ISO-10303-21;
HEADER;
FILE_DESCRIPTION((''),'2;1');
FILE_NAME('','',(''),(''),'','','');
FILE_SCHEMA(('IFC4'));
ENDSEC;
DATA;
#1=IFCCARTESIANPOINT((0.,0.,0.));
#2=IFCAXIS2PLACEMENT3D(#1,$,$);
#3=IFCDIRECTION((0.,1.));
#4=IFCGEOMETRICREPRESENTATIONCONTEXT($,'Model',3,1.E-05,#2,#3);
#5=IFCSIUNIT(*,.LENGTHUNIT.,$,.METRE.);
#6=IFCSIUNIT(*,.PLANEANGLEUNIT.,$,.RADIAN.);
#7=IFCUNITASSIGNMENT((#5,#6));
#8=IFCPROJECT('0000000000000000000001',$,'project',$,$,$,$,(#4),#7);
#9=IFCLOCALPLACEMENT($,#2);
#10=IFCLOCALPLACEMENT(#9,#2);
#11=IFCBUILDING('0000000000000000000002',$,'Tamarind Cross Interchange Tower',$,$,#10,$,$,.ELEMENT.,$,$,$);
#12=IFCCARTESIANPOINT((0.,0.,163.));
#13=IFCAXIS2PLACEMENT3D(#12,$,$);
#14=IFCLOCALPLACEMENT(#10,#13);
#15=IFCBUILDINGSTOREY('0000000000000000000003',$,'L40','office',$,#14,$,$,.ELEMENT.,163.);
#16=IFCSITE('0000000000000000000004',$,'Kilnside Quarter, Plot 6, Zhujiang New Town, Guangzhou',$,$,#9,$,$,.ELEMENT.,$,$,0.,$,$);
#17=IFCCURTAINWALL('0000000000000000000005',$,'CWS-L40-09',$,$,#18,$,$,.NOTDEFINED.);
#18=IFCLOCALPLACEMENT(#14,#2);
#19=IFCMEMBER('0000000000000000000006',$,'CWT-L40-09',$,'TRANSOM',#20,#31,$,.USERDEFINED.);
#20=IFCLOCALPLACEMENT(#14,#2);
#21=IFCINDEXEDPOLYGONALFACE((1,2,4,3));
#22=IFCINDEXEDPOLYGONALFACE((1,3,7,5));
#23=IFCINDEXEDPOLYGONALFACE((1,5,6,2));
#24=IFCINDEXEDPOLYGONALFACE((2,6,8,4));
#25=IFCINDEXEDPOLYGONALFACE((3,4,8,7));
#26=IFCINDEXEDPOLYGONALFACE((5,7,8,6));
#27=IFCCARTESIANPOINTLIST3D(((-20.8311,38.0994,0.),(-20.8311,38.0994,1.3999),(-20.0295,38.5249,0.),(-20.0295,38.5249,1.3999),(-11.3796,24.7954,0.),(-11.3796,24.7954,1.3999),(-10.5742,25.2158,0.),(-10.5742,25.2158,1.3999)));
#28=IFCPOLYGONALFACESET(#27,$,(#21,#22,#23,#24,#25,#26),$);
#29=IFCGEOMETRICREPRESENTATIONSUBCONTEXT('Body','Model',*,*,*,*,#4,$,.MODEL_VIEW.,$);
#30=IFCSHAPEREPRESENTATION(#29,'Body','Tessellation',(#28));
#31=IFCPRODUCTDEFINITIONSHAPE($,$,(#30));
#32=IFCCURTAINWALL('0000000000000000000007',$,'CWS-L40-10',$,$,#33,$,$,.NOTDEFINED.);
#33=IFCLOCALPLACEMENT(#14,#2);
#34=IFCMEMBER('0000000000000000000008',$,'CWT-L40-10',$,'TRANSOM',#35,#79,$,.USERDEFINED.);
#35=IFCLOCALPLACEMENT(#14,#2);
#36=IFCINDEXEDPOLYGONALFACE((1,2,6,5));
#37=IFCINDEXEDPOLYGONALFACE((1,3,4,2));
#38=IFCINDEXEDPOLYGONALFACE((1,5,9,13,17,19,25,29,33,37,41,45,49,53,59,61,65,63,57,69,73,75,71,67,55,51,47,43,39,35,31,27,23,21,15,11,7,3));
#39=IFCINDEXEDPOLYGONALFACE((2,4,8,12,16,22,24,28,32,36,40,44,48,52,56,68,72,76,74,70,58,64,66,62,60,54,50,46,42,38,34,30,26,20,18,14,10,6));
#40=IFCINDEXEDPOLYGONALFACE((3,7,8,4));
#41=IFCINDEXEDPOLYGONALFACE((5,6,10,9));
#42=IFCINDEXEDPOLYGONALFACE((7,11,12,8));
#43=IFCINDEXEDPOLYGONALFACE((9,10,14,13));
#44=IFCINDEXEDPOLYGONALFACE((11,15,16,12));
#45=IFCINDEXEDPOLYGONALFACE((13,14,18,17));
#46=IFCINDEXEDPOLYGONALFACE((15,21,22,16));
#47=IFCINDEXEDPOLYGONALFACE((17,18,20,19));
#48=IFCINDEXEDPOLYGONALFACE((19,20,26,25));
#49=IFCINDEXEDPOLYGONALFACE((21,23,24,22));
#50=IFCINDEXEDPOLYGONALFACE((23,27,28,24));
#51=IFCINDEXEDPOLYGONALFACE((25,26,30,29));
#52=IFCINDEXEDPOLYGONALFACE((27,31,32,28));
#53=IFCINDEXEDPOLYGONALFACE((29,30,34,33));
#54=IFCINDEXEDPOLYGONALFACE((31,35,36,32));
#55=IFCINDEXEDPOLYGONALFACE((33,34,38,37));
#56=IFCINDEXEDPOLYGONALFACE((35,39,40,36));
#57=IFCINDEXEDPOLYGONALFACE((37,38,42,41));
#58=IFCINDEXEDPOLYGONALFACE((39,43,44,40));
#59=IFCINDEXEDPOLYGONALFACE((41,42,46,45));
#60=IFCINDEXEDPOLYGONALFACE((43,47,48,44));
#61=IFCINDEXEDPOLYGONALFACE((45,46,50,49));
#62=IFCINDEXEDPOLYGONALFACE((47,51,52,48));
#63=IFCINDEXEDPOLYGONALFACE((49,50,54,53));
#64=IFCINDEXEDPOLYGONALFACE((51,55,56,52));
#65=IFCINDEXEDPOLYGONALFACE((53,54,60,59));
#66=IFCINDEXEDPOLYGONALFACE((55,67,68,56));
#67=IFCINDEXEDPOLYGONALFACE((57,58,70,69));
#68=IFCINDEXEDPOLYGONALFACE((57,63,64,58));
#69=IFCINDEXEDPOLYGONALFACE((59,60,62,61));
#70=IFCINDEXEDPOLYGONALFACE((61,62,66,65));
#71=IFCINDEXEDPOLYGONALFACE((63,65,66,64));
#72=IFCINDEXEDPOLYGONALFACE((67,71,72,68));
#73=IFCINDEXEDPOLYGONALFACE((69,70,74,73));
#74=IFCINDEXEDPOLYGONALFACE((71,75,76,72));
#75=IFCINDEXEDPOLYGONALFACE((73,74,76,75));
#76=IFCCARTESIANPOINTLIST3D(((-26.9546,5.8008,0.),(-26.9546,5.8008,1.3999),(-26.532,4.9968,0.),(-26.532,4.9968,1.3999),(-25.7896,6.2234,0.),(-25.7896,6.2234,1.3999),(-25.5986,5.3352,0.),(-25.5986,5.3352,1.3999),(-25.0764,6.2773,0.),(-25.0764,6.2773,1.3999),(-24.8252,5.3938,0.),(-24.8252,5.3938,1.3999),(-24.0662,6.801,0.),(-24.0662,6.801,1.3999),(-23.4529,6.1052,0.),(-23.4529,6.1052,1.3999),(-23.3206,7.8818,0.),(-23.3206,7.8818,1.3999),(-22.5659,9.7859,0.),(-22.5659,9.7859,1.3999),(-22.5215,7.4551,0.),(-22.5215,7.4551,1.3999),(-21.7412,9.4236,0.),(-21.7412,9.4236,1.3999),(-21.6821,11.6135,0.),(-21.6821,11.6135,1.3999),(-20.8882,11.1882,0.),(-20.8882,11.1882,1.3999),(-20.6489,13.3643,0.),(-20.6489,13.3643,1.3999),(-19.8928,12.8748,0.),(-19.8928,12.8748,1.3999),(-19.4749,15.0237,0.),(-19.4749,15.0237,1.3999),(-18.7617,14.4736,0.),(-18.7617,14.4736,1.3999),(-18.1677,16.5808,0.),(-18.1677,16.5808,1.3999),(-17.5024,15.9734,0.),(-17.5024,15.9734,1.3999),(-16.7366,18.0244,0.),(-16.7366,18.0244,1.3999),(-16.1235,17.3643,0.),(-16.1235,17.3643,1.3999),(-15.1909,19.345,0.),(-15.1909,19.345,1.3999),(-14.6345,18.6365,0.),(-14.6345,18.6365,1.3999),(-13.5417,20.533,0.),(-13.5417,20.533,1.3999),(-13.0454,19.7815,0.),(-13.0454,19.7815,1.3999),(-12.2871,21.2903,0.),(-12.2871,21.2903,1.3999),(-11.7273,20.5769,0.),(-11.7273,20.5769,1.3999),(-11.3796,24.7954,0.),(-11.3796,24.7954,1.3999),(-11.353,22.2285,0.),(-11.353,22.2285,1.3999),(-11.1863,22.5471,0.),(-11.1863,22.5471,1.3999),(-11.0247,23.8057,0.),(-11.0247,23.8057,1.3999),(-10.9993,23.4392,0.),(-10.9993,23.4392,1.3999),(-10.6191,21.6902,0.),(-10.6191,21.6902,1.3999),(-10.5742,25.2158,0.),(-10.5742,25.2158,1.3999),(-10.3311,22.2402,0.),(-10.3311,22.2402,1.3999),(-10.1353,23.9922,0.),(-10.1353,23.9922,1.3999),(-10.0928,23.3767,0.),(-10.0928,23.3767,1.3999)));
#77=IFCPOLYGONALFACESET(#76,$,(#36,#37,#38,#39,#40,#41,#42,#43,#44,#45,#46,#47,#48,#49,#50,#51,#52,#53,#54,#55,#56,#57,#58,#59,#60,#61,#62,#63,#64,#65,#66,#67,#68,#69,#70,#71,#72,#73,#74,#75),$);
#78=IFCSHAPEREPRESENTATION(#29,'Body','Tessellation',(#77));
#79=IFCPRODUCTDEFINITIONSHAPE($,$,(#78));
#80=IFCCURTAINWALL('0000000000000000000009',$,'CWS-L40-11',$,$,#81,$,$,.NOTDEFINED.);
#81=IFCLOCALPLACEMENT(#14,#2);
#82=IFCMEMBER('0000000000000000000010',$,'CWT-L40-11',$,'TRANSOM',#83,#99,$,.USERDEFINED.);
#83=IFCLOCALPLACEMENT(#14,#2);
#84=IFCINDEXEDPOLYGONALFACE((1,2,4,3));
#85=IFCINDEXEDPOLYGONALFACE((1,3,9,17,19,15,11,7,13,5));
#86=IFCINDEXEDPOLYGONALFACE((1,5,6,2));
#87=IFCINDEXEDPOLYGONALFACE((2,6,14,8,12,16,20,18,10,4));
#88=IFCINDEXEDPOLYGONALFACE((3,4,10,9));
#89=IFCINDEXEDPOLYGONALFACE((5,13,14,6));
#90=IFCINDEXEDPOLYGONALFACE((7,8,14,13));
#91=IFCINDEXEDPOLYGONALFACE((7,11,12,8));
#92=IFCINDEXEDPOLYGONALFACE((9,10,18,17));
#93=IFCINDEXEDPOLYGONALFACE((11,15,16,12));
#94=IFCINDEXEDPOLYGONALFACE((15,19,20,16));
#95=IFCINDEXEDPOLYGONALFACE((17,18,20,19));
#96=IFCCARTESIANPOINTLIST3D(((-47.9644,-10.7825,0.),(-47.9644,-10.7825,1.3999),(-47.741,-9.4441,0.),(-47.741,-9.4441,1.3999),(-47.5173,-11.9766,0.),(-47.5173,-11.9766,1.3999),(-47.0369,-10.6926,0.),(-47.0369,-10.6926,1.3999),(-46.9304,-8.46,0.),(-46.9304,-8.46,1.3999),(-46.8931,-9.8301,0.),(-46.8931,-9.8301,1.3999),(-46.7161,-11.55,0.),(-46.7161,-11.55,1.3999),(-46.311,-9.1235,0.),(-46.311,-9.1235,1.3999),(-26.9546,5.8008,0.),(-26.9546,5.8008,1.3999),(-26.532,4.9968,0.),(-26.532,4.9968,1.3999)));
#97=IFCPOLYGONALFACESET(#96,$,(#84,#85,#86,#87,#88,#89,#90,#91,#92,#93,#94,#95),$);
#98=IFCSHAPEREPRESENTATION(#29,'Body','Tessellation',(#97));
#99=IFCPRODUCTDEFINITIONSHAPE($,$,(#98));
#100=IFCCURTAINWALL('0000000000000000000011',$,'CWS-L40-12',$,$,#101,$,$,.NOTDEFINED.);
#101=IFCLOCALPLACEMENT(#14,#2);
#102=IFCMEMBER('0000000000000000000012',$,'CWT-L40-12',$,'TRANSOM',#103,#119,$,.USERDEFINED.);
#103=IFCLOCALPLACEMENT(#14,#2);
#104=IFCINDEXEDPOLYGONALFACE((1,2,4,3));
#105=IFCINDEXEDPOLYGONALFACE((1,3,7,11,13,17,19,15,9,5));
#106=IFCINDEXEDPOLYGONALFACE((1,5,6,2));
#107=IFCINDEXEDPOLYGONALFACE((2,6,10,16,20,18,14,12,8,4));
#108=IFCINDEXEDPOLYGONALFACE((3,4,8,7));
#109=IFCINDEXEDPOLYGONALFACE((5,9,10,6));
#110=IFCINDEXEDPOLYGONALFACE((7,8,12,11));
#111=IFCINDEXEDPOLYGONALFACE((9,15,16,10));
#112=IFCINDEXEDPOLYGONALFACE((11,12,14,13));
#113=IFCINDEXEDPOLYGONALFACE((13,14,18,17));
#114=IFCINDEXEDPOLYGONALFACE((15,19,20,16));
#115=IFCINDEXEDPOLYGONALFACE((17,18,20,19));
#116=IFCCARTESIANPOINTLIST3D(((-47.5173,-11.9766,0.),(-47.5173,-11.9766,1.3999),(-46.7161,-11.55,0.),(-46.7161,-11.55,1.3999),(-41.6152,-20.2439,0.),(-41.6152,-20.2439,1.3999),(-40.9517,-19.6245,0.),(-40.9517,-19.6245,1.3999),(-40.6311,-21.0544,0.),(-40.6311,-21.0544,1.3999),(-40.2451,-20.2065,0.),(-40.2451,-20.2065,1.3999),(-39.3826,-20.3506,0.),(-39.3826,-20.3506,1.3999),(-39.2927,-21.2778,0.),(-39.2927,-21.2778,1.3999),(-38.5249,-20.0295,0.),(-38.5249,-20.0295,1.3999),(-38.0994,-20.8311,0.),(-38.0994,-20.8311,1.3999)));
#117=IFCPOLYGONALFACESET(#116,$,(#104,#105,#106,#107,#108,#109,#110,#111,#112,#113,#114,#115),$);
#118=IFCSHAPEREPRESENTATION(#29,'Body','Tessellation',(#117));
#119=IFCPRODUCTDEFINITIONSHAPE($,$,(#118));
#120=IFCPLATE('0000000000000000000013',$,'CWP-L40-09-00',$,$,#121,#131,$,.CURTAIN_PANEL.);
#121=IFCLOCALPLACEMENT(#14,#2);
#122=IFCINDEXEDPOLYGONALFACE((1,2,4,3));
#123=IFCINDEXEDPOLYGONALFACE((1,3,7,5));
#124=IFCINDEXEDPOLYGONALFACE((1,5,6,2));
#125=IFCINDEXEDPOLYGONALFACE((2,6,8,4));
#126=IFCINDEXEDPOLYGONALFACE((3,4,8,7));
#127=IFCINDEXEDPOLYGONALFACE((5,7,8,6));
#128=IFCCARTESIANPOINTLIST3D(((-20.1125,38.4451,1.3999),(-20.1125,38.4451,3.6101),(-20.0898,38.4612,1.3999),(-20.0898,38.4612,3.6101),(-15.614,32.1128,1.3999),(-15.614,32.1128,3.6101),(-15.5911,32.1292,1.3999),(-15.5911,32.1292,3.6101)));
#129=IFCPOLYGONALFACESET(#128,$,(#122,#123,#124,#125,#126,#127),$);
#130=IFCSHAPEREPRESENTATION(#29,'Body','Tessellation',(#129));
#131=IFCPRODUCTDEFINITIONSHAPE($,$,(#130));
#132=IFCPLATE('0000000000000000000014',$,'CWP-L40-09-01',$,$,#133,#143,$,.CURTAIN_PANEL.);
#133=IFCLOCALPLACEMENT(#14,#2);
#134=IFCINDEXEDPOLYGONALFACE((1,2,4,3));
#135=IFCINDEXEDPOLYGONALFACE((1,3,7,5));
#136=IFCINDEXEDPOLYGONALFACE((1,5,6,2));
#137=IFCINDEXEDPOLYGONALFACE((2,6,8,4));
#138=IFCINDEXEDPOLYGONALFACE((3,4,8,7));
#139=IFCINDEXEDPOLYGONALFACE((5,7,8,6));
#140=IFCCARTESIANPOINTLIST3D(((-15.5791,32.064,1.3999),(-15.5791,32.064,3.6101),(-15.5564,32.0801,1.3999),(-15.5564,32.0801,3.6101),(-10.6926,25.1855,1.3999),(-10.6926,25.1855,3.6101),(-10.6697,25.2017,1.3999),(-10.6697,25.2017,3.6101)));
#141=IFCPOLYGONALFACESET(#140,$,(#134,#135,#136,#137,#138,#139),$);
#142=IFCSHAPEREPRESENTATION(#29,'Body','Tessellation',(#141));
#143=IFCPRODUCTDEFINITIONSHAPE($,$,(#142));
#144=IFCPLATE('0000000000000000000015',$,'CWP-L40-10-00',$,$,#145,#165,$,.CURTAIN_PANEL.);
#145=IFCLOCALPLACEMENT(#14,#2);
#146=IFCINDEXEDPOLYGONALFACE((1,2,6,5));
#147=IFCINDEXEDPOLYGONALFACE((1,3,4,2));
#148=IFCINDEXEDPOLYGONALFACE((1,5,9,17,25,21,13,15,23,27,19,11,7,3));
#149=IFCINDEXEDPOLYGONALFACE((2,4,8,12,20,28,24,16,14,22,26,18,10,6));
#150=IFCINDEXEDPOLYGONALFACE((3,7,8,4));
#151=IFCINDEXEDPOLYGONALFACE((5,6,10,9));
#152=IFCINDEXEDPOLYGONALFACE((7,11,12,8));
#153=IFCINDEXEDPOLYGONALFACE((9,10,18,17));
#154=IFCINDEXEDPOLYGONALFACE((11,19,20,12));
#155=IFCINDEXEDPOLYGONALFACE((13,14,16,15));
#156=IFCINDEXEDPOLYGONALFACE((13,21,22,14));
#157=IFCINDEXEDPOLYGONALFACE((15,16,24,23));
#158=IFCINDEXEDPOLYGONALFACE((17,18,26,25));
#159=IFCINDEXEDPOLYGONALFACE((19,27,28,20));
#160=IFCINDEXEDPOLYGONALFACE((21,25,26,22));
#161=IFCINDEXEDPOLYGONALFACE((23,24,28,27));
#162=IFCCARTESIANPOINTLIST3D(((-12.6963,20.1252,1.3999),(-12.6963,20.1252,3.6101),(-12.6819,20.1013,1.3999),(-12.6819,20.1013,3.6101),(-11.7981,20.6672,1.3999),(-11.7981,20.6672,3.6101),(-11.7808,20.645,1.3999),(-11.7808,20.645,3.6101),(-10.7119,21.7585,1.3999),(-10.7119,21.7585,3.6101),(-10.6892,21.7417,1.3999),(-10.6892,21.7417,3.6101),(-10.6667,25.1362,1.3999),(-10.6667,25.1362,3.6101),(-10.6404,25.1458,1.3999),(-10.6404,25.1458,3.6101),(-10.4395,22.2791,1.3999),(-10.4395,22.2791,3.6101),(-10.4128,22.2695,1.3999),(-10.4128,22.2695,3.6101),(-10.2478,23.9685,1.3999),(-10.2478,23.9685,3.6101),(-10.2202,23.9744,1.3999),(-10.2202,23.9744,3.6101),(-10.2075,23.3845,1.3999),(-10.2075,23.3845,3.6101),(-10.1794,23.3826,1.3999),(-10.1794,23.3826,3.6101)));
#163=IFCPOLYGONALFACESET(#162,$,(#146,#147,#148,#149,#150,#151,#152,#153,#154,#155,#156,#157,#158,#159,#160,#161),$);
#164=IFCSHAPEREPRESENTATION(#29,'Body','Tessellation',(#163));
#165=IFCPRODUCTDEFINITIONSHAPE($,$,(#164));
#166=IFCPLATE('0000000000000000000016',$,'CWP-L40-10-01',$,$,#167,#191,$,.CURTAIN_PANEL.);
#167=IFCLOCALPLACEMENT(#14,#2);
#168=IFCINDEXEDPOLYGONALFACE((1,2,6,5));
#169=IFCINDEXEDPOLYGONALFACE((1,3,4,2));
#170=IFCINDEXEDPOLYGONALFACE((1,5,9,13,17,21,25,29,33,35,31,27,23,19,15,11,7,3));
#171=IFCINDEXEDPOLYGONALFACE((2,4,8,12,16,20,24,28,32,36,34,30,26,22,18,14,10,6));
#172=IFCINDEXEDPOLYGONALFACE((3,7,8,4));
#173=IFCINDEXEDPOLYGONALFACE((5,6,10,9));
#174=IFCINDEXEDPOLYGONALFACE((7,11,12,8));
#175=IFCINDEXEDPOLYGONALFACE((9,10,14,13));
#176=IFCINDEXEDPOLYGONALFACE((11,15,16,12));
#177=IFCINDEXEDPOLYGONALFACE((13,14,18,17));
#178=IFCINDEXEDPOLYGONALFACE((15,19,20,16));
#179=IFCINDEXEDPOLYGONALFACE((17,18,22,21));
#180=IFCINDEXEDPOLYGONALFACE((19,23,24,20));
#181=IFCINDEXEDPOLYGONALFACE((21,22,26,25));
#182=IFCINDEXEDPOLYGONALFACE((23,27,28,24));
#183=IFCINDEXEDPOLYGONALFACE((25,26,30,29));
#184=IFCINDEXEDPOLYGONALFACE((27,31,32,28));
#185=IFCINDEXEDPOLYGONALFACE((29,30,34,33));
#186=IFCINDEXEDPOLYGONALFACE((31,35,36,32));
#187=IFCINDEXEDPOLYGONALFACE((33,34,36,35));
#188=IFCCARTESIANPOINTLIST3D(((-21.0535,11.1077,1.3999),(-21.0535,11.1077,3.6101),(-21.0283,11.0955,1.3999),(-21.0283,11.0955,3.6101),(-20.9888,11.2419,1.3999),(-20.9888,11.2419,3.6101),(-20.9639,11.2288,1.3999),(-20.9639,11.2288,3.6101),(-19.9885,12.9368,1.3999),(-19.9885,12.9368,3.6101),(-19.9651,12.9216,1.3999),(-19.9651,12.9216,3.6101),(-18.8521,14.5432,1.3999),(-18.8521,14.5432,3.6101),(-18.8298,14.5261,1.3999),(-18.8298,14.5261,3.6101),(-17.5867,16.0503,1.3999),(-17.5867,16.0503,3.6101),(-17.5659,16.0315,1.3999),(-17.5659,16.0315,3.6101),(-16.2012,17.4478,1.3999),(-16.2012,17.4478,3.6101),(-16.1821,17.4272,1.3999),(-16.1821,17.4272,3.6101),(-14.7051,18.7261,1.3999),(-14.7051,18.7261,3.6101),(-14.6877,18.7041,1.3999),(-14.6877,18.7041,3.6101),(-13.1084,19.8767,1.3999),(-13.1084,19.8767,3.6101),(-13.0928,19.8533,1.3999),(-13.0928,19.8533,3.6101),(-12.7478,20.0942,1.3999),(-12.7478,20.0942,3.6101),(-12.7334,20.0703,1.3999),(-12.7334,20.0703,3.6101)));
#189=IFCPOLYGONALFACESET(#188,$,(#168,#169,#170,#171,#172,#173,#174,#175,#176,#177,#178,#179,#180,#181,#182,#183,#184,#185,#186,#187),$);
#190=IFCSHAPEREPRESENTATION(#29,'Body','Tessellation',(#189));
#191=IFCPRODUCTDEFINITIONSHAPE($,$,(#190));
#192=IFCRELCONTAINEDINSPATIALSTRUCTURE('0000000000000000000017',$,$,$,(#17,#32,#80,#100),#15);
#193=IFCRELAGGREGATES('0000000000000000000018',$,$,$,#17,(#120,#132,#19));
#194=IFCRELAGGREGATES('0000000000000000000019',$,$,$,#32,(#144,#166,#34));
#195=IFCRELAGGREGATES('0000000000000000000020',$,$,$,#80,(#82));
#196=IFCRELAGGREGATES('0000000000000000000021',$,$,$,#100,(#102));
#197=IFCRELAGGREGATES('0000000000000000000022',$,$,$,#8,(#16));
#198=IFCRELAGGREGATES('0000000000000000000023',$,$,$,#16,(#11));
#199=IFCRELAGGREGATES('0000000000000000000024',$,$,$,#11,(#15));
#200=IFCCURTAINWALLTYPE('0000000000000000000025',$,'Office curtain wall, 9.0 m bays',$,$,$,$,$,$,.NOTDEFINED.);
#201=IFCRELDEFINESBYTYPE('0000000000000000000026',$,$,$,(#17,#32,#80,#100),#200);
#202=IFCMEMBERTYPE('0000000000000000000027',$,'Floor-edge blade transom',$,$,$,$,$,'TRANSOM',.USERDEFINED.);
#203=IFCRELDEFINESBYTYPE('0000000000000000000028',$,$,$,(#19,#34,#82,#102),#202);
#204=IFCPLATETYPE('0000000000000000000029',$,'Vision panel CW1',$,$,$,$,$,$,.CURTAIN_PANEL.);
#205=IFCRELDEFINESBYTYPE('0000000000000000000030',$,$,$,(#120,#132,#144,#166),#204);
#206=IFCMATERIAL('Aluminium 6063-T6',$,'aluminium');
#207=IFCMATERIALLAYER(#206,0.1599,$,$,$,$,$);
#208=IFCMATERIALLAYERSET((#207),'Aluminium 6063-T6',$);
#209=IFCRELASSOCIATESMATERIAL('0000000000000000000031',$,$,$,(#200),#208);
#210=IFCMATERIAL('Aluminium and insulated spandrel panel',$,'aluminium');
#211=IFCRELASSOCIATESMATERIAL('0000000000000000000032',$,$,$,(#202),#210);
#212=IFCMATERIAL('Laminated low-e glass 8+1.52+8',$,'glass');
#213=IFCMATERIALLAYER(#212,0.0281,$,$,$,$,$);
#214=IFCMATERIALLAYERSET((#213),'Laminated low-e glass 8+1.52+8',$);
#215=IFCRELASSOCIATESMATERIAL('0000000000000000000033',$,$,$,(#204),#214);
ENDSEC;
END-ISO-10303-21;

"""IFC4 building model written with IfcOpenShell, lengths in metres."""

from ifc_helpers import new_model, si_unit, direction, frame, origin, place, context, subcontext, project, spatial, polyline, outline, extrude, material, layer, layer_set, type_object, element, aggregate, save


model = new_model("IFC4")

# Units and contexts
model_context = context("Model", 3, precision=1e-05, world=origin(), true_north=direction((0.0, 1.0)))
body_context = subcontext(model_context, "Body", "Model", "MODEL_VIEW")
ifc_project = project(units=[si_unit("LENGTHUNIT", "METRE"), si_unit("PLANEANGLEUNIT", "RADIAN")], contexts=[model_context])

# Site, building, storey
site_placement = place(None, origin())
site = spatial("IfcSite", under=ifc_project, at=site_placement, Name="Kilnside Quarter, Plot 6, Zhujiang New Town, Guangzhou", CompositionType="ELEMENT", RefElevation=0.0)
building_placement = place(site_placement, origin())
building = spatial("IfcBuilding", under=site, at=building_placement, Name="Tamarind Cross Interchange Tower", CompositionType="ELEMENT")
storey_placement = place(building_placement, frame((0.0, 0.0, 163.0)))
storey = spatial("IfcBuildingStorey", under=building, at=storey_placement, Name="L40", Description="office", CompositionType="ELEMENT", Elevation=163.0)

# Curtain walls, members
ifc_material_1 = material(Name="Aluminium 6063-T6", Category="aluminium")
ifc_layer_1 = layer(ifc_material_1, 0.1599)
ifc_layer_set_1 = layer_set([ifc_layer_1], Name="Aluminium 6063-T6")
curtain_wall_type = type_object("IfcCurtainWallType", Name="Office curtain wall, 9.0 m bays", PredefinedType="NOTDEFINED", material=ifc_layer_set_1)
curtain_wall_1_placement = place(storey_placement, origin())
curtain_wall_1 = element("IfcCurtainWall", 1, at=curtain_wall_1_placement, inside=storey, type_object=curtain_wall_type, Name="CWS-L40-09", PredefinedType="NOTDEFINED")
ifc_material_2 = material(Name="Aluminium and insulated spandrel panel", Category="aluminium")
member_type = type_object("IfcMemberType", Name="Floor-edge blade transom", ElementType="TRANSOM", PredefinedType="USERDEFINED", material=ifc_material_2)
member_1_placement = place(storey_placement, origin())
member_1 = element("IfcMember", 2, at=member_1_placement, type_object=member_type, Name="CWT-L40-09", ObjectType="TRANSOM", PredefinedType="USERDEFINED", context=body_context, shape_type="SweptSolid", body=[
    extrude(outline(polyline([(-20.0295, 38.5249), (-10.5742, 25.2158), (-11.3796, 24.7954), (-20.8311, 38.0994), (-20.0295, 38.5249)])), origin(), (0.0, 0.0, 1.0), 1.3999),
])
curtain_wall_2_placement = place(storey_placement, origin())
curtain_wall_2 = element("IfcCurtainWall", 3, at=curtain_wall_2_placement, inside=storey, type_object=curtain_wall_type, Name="CWS-L40-10", PredefinedType="NOTDEFINED")
member_2_placement = place(storey_placement, origin())
member_2 = element("IfcMember", 4, at=member_2_placement, type_object=member_type, Name="CWT-L40-10", ObjectType="TRANSOM", PredefinedType="USERDEFINED", context=body_context, shape_type="SweptSolid", body=[
    extrude(outline(polyline([(-10.5742, 25.2158), (-10.1353, 23.9922), (-10.0928, 23.3767), (-10.3311, 22.2402), (-10.6191, 21.6902), (-11.7273, 20.5769), (-13.0454, 19.7815), (-14.6345, 18.6365), (-16.1235, 17.3643), (-17.5024, 15.9734), (-18.7617, 14.4736), (-19.8928, 12.8748), (-20.8882, 11.1882), (-21.7412, 9.4236), (-22.5215, 7.4551), (-23.4529, 6.1052), (-24.8252, 5.3938), (-25.5986, 5.3352), (-26.532, 4.9968), (-26.9546, 5.8008), (-25.7896, 6.2234), (-25.0764, 6.2773), (-24.0662, 6.801), (-23.3206, 7.8818), (-22.5659, 9.7859), (-21.6821, 11.6135), (-20.6489, 13.3643), (-19.4749, 15.0237), (-18.1677, 16.5808), (-16.7366, 18.0244), (-15.1909, 19.345), (-13.5417, 20.533), (-12.2871, 21.2903), (-11.353, 22.2285), (-11.1863, 22.5471), (-10.9993, 23.4392), (-11.0247, 23.8057), (-11.3796, 24.7954), (-10.5742, 25.2158)])), origin(), (0.0, 0.0, 1.0), 1.3999),
])
curtain_wall_3_placement = place(storey_placement, origin())
curtain_wall_3 = element("IfcCurtainWall", 5, at=curtain_wall_3_placement, inside=storey, type_object=curtain_wall_type, Name="CWS-L40-11", PredefinedType="NOTDEFINED")
member_3_placement = place(storey_placement, origin())
member_3 = element("IfcMember", 6, at=member_3_placement, type_object=member_type, Name="CWT-L40-11", ObjectType="TRANSOM", PredefinedType="USERDEFINED", context=body_context, shape_type="SweptSolid", body=[
    extrude(outline(polyline([(-26.532, 4.9968), (-46.311, -9.1235), (-46.8931, -9.8301), (-47.0369, -10.6926), (-46.7161, -11.55), (-47.5173, -11.9766), (-47.9644, -10.7825), (-47.741, -9.4441), (-46.9304, -8.46), (-26.9546, 5.8008), (-26.532, 4.9968)])), origin(), (0.0, 0.0, 1.0), 1.3999),
])
curtain_wall_4_placement = place(storey_placement, origin())
curtain_wall_4 = element("IfcCurtainWall", 7, at=curtain_wall_4_placement, inside=storey, type_object=curtain_wall_type, Name="CWS-L40-12", PredefinedType="NOTDEFINED")
member_4_placement = place(storey_placement, origin())
member_4 = element("IfcMember", 8, at=member_4_placement, type_object=member_type, Name="CWT-L40-12", ObjectType="TRANSOM", PredefinedType="USERDEFINED", context=body_context, shape_type="SweptSolid", body=[
    extrude(outline(polyline([(-46.7161, -11.55), (-40.9517, -19.6245), (-40.2451, -20.2065), (-39.3826, -20.3506), (-38.5249, -20.0295), (-38.0994, -20.8311), (-39.2927, -21.2778), (-40.6311, -21.0544), (-41.6152, -20.2439), (-47.5173, -11.9766), (-46.7161, -11.55)])), origin(), (0.0, 0.0, 1.0), 1.3999),
])

# Plates
ifc_material_3 = material(Name="Laminated low-e glass 8+1.52+8", Category="glass")
ifc_layer_2 = layer(ifc_material_3, 0.0281)
ifc_layer_set_2 = layer_set([ifc_layer_2], Name="Laminated low-e glass 8+1.52+8")
plate_type = type_object("IfcPlateType", Name="Vision panel CW1", PredefinedType="CURTAIN_PANEL", material=ifc_layer_set_2)
plate_1_placement = place(storey_placement, frame((0.0, 0.0, 1.3999)))
plate_1 = element("IfcPlate", 9, at=plate_1_placement, type_object=plate_type, Name="CWP-L40-09-00", PredefinedType="CURTAIN_PANEL", context=body_context, shape_type="SweptSolid", body=[
    extrude(outline(polyline([(-20.0898, 38.4612), (-15.5911, 32.1292), (-15.614, 32.1128), (-20.1125, 38.4451), (-20.0898, 38.4612)])), origin(), (0.0, 0.0, 1.0), 2.2102),
])
plate_2_placement = place(storey_placement, frame((0.0, 0.0, 1.3999)))
plate_2 = element("IfcPlate", 10, at=plate_2_placement, type_object=plate_type, Name="CWP-L40-09-01", PredefinedType="CURTAIN_PANEL", context=body_context, shape_type="SweptSolid", body=[
    extrude(outline(polyline([(-15.5564, 32.0801), (-10.6697, 25.2017), (-10.6926, 25.1855), (-15.5791, 32.064), (-15.5564, 32.0801)])), origin(), (0.0, 0.0, 1.0), 2.2102),
])
aggregate(curtain_wall_1, [plate_1, plate_2, member_1])
plate_3_placement = place(storey_placement, frame((0.0, 0.0, 1.3999)))
plate_3 = element("IfcPlate", 11, at=plate_3_placement, type_object=plate_type, Name="CWP-L40-10-00", PredefinedType="CURTAIN_PANEL", context=body_context, shape_type="SweptSolid", body=[
    extrude(outline(polyline([(-10.6404, 25.1458), (-10.2202, 23.9744), (-10.1794, 23.3826), (-10.4128, 22.2695), (-10.6892, 21.7417), (-11.7808, 20.645), (-12.6819, 20.1013), (-12.6963, 20.1252), (-11.7981, 20.6672), (-10.7119, 21.7585), (-10.4395, 22.2791), (-10.2075, 23.3845), (-10.2478, 23.9685), (-10.6667, 25.1362), (-10.6404, 25.1458)])), origin(), (0.0, 0.0, 1.0), 2.2102),
])
plate_4_placement = place(storey_placement, frame((0.0, 0.0, 1.3999)))
plate_4 = element("IfcPlate", 12, at=plate_4_placement, type_object=plate_type, Name="CWP-L40-10-01", PredefinedType="CURTAIN_PANEL", context=body_context, shape_type="SweptSolid", body=[
    extrude(outline(polyline([(-12.7334, 20.0703), (-13.0928, 19.8533), (-14.6877, 18.7041), (-16.1821, 17.4272), (-17.5659, 16.0315), (-18.8298, 14.5261), (-19.9651, 12.9216), (-20.9639, 11.2288), (-21.0283, 11.0955), (-21.0535, 11.1077), (-20.9888, 11.2419), (-19.9885, 12.9368), (-18.8521, 14.5432), (-17.5867, 16.0503), (-16.2012, 17.4478), (-14.7051, 18.7261), (-13.1084, 19.8767), (-12.7478, 20.0942), (-12.7334, 20.0703)])), origin(), (0.0, 0.0, 1.0), 2.2102),
])
aggregate(curtain_wall_2, [plate_3, plate_4, member_2])
aggregate(curtain_wall_3, [member_3])
aggregate(curtain_wall_4, [member_4])

save(model, "model.ifc")
